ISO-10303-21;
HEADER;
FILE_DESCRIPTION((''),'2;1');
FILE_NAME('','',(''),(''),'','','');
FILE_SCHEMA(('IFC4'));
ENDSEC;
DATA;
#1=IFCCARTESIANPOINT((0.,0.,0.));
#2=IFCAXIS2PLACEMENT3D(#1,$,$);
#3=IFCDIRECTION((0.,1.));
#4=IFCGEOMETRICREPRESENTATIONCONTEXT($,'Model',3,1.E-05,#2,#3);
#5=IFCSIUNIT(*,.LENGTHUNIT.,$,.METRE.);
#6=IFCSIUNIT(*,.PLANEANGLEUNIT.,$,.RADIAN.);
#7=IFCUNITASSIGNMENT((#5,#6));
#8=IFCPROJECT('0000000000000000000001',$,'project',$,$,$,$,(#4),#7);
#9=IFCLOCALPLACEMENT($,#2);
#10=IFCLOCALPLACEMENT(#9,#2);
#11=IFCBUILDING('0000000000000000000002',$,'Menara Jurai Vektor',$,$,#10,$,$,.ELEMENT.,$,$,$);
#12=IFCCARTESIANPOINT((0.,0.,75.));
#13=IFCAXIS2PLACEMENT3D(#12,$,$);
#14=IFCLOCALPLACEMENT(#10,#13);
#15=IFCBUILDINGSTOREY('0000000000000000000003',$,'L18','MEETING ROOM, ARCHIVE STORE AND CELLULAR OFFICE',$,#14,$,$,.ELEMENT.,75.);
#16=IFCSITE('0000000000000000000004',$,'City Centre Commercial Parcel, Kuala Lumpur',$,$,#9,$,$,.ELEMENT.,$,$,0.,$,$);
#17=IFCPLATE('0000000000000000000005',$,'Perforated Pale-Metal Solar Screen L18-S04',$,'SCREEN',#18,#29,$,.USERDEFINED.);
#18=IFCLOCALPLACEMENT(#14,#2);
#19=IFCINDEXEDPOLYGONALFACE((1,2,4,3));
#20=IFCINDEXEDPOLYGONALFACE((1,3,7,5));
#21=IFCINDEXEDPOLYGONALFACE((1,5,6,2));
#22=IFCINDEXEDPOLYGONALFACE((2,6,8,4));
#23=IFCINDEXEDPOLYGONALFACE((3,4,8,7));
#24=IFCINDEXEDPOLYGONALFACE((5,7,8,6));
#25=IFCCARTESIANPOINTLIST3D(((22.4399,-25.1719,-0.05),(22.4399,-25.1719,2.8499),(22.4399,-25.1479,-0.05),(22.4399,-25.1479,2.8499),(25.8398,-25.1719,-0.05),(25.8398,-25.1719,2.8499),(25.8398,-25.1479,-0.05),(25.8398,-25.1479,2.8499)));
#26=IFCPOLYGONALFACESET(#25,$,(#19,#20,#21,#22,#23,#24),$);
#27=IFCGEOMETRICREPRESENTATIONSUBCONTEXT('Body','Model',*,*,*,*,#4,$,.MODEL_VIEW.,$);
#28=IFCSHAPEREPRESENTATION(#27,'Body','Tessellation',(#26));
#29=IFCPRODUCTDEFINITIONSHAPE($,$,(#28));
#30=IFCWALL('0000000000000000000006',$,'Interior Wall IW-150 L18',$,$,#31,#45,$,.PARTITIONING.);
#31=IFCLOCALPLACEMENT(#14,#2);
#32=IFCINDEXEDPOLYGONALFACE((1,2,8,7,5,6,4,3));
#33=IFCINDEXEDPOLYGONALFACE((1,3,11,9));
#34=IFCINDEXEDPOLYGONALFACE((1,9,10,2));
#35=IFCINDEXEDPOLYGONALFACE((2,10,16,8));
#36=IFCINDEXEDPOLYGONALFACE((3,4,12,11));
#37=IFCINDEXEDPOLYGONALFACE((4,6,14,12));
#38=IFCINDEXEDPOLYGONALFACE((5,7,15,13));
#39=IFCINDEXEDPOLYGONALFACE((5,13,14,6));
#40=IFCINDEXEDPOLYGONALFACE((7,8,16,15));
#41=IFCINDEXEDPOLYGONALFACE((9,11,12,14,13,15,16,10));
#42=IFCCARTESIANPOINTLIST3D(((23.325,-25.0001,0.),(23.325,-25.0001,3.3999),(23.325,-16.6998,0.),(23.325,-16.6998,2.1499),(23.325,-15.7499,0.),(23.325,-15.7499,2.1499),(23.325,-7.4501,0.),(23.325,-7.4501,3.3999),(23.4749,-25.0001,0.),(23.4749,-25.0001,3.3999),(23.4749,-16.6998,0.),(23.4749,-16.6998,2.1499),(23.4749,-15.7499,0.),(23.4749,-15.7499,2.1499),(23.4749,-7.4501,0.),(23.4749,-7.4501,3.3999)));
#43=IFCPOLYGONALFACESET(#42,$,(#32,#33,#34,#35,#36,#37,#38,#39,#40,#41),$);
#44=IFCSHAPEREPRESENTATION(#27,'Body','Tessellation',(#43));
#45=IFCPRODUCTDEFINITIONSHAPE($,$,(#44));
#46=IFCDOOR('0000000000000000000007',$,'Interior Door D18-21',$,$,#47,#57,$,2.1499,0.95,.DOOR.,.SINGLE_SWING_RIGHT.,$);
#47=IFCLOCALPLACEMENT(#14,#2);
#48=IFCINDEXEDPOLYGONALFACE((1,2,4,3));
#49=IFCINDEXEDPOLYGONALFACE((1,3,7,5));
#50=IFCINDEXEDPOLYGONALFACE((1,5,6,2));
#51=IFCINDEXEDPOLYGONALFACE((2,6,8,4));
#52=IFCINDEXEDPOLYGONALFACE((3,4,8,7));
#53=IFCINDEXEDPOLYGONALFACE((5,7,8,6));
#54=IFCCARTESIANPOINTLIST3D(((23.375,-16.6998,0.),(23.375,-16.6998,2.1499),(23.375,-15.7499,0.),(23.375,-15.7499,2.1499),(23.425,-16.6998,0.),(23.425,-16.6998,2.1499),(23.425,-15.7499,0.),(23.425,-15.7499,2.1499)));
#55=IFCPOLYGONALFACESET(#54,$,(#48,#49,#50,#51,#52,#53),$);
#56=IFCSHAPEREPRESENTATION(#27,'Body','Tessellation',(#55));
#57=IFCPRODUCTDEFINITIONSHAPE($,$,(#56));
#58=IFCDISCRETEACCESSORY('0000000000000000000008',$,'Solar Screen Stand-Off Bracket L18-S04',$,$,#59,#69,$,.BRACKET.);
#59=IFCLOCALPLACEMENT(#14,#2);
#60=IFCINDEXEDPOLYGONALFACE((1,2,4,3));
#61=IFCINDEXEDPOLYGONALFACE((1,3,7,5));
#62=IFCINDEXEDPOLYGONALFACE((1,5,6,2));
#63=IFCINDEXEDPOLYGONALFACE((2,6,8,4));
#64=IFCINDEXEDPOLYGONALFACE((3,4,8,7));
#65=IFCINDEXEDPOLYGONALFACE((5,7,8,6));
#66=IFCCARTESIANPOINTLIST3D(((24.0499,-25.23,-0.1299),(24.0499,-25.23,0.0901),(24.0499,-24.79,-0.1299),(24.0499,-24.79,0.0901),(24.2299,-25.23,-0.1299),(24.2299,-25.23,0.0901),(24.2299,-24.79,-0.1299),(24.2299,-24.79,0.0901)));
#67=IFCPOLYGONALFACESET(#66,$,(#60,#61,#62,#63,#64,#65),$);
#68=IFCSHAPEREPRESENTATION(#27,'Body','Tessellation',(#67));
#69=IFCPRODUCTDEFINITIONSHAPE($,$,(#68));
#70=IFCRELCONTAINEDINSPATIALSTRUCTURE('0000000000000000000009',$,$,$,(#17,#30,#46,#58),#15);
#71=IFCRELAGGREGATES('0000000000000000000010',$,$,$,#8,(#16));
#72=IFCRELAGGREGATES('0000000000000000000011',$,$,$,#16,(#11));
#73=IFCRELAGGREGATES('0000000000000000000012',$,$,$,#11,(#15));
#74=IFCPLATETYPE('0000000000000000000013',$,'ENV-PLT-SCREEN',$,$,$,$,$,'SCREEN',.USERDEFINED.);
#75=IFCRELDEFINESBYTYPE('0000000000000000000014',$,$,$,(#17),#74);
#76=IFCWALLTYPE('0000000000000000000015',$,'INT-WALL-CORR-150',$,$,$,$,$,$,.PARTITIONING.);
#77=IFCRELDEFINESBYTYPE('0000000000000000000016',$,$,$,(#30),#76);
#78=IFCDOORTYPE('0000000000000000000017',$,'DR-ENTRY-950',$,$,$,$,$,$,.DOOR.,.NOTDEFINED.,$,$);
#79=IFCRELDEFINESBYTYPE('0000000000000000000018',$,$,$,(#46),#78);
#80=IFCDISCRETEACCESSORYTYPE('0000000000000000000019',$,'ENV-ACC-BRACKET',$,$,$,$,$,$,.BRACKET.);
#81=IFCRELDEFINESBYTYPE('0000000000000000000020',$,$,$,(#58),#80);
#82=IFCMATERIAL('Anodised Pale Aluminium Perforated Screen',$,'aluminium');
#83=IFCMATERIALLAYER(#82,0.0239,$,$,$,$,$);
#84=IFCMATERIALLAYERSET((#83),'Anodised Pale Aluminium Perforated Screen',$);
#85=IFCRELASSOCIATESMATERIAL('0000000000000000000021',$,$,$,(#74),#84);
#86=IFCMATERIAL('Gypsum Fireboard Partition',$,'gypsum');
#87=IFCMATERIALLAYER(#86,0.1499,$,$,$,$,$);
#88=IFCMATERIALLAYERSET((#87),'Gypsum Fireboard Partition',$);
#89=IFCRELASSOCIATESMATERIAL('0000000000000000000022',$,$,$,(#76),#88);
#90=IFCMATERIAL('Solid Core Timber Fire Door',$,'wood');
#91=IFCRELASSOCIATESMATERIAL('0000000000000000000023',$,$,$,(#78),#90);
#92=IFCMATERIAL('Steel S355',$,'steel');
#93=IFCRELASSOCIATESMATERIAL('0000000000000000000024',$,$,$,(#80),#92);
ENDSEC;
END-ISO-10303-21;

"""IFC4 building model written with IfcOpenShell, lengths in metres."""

from ifc_helpers import new_model, si_unit, direction, frame, frame_2d, origin, origin_2d, place, context, subcontext, project, spatial, rectangle, extrude, material, layer, layer_set, type_object, element, fill, save


model = new_model("IFC4")

# Units and contexts
model_context = context("Model", 3, precision=1e-05, world=origin(), true_north=direction((0.0, 1.0)))
body_context = subcontext(model_context, "Body", "Model", "MODEL_VIEW")
ifc_project = project(units=[si_unit("LENGTHUNIT", "METRE"), si_unit("PLANEANGLEUNIT", "RADIAN")], contexts=[model_context])

# Site, building, storey
site_placement = place(None, origin())
site = spatial("IfcSite", under=ifc_project, at=site_placement, Name="City Centre Commercial Parcel, Kuala Lumpur", CompositionType="ELEMENT", RefElevation=0.0)
building_placement = place(site_placement, origin())
building = spatial("IfcBuilding", under=site, at=building_placement, Name="Menara Jurai Vektor", CompositionType="ELEMENT")
storey_placement = place(building_placement, frame((0.0, 0.0, 75.0)))
storey = spatial("IfcBuildingStorey", under=building, at=storey_placement, Name="L18", Description="MEETING ROOM, ARCHIVE STORE AND CELLULAR OFFICE", CompositionType="ELEMENT", Elevation=75.0)

# Shared definitions
ifc_material_1 = material(Name="Steel S355", Category="steel")

# Plate
ifc_material_2 = material(Name="Anodised Pale Aluminium Perforated Screen", Category="aluminium")
ifc_layer_1 = layer(ifc_material_2, 0.0239)
ifc_layer_set_1 = layer_set([ifc_layer_1], Name="Anodised Pale Aluminium Perforated Screen")
plate_type_1 = type_object("IfcPlateType", Name="ENV-PLT-SCREEN", ElementType="SCREEN", PredefinedType="USERDEFINED", material=ifc_layer_set_1)
plate_1_placement = place(storey_placement, frame((24.1399, -25.1599, -0.05), z_axis=(0.0, 0.0, 1.0), x_axis=(1.0, 0.0, 0.0)))
element("IfcPlate", 1, at=plate_1_placement, inside=storey, type_object=plate_type_1, Name="Perforated Pale-Metal Solar Screen L18-S04", ObjectType="SCREEN", PredefinedType="USERDEFINED", context=body_context, shape_type="SweptSolid", body=[
    extrude(rectangle(XDim=3.3999, YDim=0.0239, at=origin_2d()), origin(), (0.0, 0.0, 1.0), 2.8999),
])

# Wall, opening, door
ifc_material_3 = material(Name="Gypsum Fireboard Partition", Category="gypsum")
ifc_layer_2 = layer(ifc_material_3, 0.1499)
ifc_layer_set_2 = layer_set([ifc_layer_2], Name="Gypsum Fireboard Partition")
wall_type = type_object("IfcWallType", Name="INT-WALL-CORR-150", PredefinedType="PARTITIONING", material=ifc_layer_set_2)
wall_placement = place(storey_placement, frame((23.3999, -25.0, 0.0), z_axis=(0.0, 0.0, 1.0), x_axis=(0.0, 1.0, 0.0)))
wall = element("IfcWall", 2, at=wall_placement, inside=storey, type_object=wall_type, Name="Interior Wall IW-150 L18", PredefinedType="PARTITIONING", context=body_context, shape_type="SweptSolid", body=[
    extrude(rectangle(XDim=17.55, YDim=0.1499, at=frame_2d((8.7749, 0.0))), origin(), (0.0, 0.0, 1.0), 3.3999),
])
opening_placement = place(wall_placement, frame((8.3, 0.0, 0.0)))
opening = element("IfcOpeningElement", 3, at=opening_placement, cuts=wall, PredefinedType="OPENING", context=body_context, shape_type="SweptSolid", body=[
    extrude(rectangle(XDim=0.95, YDim=2.1499, at=frame_2d((0.4751, 1.075))), frame((0.0, 0.085, 0.0), z_axis=(0.0, -1.0, 0.0), x_axis=(1.0, 0.0, 0.0)), (0.0, 0.0, 1.0), 0.1699),
])
ifc_material_4 = material(Name="Solid Core Timber Fire Door", Category="wood")
door_type = type_object("IfcDoorType", Name="DR-ENTRY-950", OperationType="NOTDEFINED", PredefinedType="DOOR", material=ifc_material_4)
door_placement = place(opening_placement, origin())
door = element("IfcDoor", 4, at=door_placement, inside=storey, type_object=door_type, Name="Interior Door D18-21", OperationType="SINGLE_SWING_RIGHT", OverallHeight=2.1499, OverallWidth=0.95, PredefinedType="DOOR", context=body_context, shape_type="SweptSolid", body=[
    extrude(rectangle(XDim=0.95, YDim=2.1499, at=frame_2d((0.4751, 1.075))), frame((0.0, 0.0249, 0.0), z_axis=(0.0, -1.0, 0.0), x_axis=(1.0, 0.0, 0.0)), (0.0, 0.0, 1.0), 0.05),
])
fill(opening, door)

# Discrete accessory
discrete_accessory_type = type_object("IfcDiscreteAccessoryType", Name="ENV-ACC-BRACKET", PredefinedType="BRACKET", material=ifc_material_1)
discrete_accessory_placement = place(storey_placement, frame((24.1399, -25.01, -0.1299), z_axis=(0.0, 0.0, 1.0), x_axis=(1.0, 0.0, 0.0)))
element("IfcDiscreteAccessory", 5, at=discrete_accessory_placement, inside=storey, type_object=discrete_accessory_type, Name="Solar Screen Stand-Off Bracket L18-S04", PredefinedType="BRACKET", context=body_context, shape_type="SweptSolid", body=[
    extrude(rectangle(XDim=0.1799, YDim=0.4399, at=origin_2d()), origin(), (0.0, 0.0, 1.0), 0.22),
])

save(model, "model.ifc")
